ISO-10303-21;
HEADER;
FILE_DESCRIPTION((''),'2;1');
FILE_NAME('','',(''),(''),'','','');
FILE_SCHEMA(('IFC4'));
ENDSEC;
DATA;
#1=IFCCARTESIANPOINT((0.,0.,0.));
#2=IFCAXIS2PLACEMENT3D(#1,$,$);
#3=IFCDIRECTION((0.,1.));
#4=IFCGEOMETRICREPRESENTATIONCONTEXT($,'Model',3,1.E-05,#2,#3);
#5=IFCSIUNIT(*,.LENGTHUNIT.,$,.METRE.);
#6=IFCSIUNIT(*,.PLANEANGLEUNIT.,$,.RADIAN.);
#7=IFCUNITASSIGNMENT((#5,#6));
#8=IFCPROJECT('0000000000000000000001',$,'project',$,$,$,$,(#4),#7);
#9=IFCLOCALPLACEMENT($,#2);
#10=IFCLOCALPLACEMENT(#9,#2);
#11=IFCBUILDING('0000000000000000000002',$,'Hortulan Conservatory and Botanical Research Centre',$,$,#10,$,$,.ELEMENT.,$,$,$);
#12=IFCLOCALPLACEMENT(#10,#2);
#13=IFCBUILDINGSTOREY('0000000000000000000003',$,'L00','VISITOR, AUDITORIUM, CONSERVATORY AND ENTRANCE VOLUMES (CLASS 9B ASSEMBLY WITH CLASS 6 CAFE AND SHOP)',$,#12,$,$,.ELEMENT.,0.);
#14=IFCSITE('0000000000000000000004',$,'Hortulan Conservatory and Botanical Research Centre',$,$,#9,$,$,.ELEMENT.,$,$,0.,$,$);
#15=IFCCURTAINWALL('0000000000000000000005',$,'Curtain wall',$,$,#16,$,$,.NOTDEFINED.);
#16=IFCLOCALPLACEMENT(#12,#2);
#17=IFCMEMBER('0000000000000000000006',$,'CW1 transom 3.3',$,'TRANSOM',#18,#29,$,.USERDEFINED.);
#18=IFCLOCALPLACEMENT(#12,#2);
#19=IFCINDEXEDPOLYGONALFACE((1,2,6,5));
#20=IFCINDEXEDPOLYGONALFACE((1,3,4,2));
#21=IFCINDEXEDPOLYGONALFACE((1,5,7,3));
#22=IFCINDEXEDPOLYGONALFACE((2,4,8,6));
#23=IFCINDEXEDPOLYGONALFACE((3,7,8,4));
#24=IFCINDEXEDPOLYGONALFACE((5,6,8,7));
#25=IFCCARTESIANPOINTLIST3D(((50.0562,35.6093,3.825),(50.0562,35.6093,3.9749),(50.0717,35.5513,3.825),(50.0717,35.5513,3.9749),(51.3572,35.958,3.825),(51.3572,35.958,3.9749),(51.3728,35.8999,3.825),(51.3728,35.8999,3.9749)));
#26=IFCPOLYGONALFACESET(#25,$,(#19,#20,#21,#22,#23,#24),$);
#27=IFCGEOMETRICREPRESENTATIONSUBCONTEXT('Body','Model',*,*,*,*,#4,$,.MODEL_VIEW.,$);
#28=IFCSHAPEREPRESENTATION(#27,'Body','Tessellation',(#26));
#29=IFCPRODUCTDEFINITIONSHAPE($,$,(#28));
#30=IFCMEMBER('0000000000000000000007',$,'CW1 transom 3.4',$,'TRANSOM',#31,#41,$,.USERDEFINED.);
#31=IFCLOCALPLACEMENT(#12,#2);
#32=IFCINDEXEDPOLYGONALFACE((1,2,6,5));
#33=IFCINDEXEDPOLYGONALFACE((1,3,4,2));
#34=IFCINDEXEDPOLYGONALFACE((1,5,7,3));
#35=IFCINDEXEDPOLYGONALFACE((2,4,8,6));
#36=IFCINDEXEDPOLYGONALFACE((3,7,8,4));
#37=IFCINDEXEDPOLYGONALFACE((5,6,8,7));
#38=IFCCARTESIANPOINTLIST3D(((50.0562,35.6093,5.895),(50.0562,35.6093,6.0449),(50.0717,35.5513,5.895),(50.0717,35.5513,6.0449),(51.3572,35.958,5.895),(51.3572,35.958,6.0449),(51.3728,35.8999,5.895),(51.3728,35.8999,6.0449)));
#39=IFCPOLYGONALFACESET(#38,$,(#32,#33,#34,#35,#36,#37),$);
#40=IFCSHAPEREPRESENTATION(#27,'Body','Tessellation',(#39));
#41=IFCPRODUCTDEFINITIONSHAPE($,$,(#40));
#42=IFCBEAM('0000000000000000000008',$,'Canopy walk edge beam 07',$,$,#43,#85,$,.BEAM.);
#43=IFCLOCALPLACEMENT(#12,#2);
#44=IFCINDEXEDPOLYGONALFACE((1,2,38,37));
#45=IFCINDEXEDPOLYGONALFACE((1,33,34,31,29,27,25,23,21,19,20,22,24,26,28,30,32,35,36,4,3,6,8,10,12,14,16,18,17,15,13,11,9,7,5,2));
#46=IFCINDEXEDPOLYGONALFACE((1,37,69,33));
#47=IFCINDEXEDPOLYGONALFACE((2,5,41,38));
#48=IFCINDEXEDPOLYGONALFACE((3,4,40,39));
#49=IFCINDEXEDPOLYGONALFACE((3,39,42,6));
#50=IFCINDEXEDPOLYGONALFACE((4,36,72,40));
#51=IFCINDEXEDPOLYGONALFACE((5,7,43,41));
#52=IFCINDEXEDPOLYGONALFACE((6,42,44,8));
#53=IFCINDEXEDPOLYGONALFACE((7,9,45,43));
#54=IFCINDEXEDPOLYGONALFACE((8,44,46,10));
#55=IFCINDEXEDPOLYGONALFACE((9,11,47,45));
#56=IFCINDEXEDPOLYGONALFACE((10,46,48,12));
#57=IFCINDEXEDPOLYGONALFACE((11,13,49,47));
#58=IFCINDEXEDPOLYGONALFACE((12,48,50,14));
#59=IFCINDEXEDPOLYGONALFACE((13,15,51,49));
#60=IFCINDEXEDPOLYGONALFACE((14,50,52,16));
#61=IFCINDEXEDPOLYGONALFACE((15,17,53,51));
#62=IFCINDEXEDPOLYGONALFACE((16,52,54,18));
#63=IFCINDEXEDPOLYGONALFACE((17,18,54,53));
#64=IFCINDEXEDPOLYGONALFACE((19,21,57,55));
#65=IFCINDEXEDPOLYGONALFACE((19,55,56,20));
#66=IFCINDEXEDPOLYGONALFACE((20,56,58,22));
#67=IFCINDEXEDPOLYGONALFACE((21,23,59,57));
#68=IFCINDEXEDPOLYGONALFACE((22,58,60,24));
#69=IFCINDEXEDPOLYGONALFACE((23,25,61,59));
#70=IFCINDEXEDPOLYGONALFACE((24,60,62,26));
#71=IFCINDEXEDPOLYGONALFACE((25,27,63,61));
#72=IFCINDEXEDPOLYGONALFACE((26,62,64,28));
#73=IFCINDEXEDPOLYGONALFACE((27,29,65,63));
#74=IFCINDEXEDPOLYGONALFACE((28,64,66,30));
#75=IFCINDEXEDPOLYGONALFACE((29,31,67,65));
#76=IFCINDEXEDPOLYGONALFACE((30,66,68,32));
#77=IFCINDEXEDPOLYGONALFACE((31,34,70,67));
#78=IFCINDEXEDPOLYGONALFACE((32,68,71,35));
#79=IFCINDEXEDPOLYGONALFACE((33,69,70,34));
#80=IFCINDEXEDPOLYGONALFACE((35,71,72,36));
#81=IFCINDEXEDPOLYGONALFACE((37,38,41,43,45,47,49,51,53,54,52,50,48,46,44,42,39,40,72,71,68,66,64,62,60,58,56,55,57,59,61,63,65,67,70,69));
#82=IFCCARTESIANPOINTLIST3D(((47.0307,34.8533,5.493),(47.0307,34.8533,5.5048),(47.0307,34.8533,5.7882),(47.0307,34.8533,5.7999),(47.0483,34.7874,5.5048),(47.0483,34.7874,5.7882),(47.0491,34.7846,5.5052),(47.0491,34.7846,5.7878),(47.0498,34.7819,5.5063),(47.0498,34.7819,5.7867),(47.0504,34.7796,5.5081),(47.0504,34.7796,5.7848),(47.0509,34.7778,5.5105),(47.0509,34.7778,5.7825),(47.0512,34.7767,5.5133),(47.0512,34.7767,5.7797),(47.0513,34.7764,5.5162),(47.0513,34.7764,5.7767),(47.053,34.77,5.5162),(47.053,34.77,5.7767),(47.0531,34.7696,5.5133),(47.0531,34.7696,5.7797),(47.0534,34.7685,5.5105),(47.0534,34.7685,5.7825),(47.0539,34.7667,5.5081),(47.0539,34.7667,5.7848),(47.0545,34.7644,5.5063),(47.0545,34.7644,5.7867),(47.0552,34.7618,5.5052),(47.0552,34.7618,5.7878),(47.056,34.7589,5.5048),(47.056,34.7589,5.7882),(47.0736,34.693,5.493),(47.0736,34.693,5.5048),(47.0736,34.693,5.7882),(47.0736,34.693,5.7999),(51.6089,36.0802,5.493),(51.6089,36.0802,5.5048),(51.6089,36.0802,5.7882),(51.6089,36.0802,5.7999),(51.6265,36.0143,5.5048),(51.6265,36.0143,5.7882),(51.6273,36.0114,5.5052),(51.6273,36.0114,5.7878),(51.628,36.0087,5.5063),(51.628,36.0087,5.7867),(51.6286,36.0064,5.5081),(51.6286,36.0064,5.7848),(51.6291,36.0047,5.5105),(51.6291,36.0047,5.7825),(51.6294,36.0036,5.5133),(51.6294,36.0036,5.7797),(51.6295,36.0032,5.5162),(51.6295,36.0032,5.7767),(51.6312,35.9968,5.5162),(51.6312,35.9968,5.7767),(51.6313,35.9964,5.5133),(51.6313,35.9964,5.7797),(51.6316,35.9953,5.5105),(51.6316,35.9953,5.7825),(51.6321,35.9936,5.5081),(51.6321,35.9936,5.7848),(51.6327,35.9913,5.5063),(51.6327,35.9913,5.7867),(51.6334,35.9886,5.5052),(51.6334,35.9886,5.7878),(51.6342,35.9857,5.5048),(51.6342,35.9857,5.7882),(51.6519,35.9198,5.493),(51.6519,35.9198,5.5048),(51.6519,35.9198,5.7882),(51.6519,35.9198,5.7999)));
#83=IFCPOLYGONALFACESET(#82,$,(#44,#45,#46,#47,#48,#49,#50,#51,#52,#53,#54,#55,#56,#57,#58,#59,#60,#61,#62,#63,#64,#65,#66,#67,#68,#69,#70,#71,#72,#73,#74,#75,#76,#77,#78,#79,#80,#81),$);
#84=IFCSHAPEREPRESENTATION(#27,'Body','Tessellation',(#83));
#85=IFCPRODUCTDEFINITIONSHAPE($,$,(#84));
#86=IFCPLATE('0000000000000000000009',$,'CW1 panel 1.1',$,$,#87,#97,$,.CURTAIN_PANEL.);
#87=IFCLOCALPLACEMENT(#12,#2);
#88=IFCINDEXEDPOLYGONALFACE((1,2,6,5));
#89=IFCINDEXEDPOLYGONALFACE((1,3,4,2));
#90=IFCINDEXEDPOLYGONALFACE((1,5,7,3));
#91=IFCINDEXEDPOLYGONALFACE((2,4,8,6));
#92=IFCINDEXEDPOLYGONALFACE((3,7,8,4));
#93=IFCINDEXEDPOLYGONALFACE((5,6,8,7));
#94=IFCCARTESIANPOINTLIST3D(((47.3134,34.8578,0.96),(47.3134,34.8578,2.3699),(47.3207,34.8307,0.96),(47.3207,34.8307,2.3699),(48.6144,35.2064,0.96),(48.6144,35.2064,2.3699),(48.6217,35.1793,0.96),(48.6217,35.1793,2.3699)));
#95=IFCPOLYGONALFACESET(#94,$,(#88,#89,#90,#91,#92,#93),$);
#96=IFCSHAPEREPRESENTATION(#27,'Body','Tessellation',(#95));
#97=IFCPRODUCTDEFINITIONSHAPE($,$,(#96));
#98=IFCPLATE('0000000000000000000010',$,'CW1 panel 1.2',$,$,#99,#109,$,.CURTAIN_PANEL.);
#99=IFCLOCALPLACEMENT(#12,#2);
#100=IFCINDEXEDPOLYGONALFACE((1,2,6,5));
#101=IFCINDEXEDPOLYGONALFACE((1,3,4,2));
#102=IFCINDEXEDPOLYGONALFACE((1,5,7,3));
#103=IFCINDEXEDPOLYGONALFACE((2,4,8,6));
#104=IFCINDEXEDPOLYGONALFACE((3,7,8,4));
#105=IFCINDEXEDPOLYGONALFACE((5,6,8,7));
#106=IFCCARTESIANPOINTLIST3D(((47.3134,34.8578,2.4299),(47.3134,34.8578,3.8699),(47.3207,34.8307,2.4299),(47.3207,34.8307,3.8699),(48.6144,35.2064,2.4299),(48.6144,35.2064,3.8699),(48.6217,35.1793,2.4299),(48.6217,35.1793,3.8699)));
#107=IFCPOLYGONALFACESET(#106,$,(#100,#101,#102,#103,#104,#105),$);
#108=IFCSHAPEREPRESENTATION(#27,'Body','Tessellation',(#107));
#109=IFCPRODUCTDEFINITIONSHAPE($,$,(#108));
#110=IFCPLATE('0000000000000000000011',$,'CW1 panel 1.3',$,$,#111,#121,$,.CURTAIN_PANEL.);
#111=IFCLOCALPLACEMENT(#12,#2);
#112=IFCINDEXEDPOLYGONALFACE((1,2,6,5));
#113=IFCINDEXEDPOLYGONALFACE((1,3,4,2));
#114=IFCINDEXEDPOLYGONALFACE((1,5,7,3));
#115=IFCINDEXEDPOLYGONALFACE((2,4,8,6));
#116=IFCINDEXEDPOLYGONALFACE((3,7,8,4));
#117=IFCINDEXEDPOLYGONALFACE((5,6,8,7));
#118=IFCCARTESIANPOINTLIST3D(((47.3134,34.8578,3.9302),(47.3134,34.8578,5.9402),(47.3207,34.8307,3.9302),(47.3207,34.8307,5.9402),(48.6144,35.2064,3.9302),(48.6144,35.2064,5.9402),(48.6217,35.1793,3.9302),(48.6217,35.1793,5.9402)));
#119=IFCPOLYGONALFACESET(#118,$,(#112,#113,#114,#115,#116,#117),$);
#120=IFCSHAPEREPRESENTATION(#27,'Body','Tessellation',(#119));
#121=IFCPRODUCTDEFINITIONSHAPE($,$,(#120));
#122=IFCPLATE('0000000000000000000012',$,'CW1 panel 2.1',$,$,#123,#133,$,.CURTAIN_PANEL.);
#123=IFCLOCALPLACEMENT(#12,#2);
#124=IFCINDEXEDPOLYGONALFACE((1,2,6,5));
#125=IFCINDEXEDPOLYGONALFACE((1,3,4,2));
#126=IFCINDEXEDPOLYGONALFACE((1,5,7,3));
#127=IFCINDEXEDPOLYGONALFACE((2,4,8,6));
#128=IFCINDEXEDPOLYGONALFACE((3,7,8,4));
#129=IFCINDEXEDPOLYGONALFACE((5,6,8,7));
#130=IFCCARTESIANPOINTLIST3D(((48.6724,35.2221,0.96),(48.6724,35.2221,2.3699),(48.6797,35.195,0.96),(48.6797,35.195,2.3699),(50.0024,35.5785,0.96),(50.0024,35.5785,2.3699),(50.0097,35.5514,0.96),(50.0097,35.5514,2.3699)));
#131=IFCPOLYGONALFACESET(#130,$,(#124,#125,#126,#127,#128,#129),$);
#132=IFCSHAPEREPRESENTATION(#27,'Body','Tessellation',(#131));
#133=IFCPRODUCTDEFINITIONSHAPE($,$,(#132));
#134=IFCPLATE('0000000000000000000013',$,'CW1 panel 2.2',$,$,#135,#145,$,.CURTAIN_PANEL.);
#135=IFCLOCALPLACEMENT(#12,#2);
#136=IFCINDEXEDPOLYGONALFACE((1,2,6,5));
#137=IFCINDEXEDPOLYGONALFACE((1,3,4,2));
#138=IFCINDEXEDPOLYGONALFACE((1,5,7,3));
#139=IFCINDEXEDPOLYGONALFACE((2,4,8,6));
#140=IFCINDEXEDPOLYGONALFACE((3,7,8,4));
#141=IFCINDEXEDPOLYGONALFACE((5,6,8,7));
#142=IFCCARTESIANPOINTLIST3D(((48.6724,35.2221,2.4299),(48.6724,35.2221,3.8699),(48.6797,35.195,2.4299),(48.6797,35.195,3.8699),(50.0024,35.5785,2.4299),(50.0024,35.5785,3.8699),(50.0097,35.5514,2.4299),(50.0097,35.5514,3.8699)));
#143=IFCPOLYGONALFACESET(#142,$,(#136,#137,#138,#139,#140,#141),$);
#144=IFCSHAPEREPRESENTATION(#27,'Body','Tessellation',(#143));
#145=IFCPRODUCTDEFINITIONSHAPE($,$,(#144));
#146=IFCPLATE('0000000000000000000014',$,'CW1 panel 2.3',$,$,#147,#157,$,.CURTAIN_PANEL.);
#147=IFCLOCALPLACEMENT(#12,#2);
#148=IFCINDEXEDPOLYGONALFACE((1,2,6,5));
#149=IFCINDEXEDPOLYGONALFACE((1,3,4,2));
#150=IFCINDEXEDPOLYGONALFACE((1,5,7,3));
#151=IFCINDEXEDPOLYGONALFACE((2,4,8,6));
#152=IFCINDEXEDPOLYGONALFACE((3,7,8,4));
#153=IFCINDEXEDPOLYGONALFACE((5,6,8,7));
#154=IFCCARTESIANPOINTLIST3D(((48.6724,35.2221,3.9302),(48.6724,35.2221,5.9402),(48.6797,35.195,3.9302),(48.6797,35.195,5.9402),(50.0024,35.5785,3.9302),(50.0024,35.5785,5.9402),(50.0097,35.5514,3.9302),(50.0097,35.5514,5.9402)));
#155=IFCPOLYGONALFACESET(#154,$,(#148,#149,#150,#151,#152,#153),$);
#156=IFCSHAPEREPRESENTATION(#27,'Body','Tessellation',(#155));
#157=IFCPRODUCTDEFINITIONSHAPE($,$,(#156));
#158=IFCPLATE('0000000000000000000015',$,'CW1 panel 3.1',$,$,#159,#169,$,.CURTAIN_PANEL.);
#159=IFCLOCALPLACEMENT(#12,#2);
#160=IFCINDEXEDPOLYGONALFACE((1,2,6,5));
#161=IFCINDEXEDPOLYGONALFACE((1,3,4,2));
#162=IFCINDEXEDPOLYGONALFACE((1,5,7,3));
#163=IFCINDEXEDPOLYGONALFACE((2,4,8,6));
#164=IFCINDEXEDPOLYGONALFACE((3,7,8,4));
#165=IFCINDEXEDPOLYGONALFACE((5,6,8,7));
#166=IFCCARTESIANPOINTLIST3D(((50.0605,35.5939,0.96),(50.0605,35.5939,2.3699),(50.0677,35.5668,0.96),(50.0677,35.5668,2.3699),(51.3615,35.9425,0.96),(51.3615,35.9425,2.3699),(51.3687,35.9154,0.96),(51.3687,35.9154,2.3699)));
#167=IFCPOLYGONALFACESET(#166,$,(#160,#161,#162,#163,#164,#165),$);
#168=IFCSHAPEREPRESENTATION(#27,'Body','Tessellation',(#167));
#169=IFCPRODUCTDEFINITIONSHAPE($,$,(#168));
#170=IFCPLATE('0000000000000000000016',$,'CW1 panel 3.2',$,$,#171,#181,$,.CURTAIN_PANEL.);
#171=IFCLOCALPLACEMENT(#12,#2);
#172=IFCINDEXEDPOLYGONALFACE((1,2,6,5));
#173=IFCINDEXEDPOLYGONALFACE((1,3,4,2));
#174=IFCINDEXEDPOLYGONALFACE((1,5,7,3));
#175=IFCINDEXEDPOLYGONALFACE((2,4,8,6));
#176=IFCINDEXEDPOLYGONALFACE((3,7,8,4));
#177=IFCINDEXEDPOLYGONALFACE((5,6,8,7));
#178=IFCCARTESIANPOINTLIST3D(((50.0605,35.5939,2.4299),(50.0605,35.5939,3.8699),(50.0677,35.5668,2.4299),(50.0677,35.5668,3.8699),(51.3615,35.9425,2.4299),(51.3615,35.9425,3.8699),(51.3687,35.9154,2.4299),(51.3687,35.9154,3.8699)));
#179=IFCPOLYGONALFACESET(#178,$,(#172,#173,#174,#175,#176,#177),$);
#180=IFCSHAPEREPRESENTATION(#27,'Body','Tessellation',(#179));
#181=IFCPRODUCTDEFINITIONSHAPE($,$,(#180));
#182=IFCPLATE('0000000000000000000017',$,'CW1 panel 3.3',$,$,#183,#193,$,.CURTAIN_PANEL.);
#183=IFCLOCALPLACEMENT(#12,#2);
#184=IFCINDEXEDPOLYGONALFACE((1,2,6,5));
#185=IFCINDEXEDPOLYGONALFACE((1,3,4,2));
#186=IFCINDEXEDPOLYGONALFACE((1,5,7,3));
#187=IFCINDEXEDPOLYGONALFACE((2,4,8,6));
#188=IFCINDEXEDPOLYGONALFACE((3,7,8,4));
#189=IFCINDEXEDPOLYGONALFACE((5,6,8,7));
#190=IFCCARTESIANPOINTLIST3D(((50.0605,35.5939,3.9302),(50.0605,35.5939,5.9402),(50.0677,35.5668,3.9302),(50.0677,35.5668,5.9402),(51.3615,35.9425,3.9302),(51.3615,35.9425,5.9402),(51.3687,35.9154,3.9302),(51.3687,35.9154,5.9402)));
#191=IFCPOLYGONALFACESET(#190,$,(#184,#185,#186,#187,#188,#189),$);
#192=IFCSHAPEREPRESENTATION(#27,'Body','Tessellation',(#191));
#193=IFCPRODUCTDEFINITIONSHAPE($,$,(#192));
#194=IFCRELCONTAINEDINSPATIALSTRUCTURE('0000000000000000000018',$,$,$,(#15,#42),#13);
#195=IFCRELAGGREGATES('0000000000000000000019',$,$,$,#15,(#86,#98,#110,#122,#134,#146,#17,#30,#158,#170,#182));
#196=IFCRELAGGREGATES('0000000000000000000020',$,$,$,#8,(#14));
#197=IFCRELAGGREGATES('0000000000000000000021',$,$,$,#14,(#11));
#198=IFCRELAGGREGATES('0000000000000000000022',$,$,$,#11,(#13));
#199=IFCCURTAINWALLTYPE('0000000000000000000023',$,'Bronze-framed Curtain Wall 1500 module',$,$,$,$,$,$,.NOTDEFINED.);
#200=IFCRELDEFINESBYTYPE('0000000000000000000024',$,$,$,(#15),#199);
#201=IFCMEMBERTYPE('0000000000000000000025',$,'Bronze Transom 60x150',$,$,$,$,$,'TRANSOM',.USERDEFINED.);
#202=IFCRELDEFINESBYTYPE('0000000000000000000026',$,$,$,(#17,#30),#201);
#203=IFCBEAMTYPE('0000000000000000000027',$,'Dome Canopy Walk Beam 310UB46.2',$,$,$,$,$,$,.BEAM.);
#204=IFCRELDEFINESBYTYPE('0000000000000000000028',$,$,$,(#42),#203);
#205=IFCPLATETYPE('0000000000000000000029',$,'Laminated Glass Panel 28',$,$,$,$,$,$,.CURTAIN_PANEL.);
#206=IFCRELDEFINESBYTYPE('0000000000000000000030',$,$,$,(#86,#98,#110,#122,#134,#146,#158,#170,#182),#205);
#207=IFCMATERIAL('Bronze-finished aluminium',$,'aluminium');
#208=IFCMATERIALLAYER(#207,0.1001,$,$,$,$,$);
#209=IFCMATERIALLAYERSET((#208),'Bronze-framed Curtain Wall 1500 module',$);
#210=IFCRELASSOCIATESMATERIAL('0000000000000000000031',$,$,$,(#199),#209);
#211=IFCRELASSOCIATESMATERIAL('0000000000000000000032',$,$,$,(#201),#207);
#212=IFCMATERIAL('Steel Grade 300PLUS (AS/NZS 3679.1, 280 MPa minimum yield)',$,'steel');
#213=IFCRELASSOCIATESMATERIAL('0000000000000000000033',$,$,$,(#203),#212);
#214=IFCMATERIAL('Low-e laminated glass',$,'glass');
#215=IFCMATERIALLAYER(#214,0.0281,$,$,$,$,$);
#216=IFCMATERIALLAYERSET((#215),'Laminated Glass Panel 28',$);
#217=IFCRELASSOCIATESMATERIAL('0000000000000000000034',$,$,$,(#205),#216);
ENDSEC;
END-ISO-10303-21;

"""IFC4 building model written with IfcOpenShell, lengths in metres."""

from ifc_helpers import new_model, si_unit, direction, frame, origin, origin_2d, place, context, subcontext, project, spatial, rectangle, i_section, extrude, material, layer, layer_set, material_profile, profile_set, type_object, element, aggregate, save


model = new_model("IFC4")

# Units and contexts
model_context = context("Model", 3, precision=1e-05, world=origin(), true_north=direction((0.0, 1.0)))
body_context = subcontext(model_context, "Body", "Model", "MODEL_VIEW")
ifc_project = project(units=[si_unit("LENGTHUNIT", "METRE"), si_unit("PLANEANGLEUNIT", "RADIAN")], contexts=[model_context])

# Site, building, storey
site_placement = place(None, origin())
site = spatial("IfcSite", under=ifc_project, at=site_placement, Name="Hortulan Conservatory and Botanical Research Centre", CompositionType="ELEMENT", RefElevation=0.0)
building_placement = place(site_placement, origin())
building = spatial("IfcBuilding", under=site, at=building_placement, Name="Hortulan Conservatory and Botanical Research Centre", CompositionType="ELEMENT")
storey_placement = place(building_placement, origin())
storey = spatial("IfcBuildingStorey", under=building, at=storey_placement, Name="L00", Description="VISITOR, AUDITORIUM, CONSERVATORY AND ENTRANCE VOLUMES (CLASS 9B ASSEMBLY WITH CLASS 6 CAFE AND SHOP)", CompositionType="ELEMENT", Elevation=0.0)

# Curtain wall, members
ifc_material_1 = material(Name="Bronze-finished aluminium", Category="aluminium")
ifc_layer_1 = layer(ifc_material_1, 0.1001)
ifc_layer_set_1 = layer_set([ifc_layer_1], Name="Bronze-framed Curtain Wall 1500 module")
curtain_wall_type = type_object("IfcCurtainWallType", Name="Bronze-framed Curtain Wall 1500 module", PredefinedType="NOTDEFINED", material=ifc_layer_set_1)
curtain_wall_placement = place(storey_placement, origin())
curtain_wall = element("IfcCurtainWall", 1, at=curtain_wall_placement, inside=storey, type_object=curtain_wall_type, Name="Curtain wall", PredefinedType="NOTDEFINED")
ifc_material_profile_1 = material_profile(ifc_material_1, rectangle(XDim=0.0601, YDim=0.1499, at=origin_2d()), Name="Bronze Transom 60x150")
ifc_profile_set_1 = profile_set([ifc_material_profile_1], Name="Bronze-finished aluminium")
member_type_1 = type_object("IfcMemberType", Name="Bronze Transom 60x150", ElementType="TRANSOM", PredefinedType="USERDEFINED", material=ifc_profile_set_1)
member_1_placement = place(storey_placement, frame((50.064, 35.5803, 3.8999), z_axis=(0.965921, 0.258836, 0.0), x_axis=(-0.258836, 0.965921, 0.0)))
member_1 = element("IfcMember", 2, at=member_1_placement, type_object=member_type_1, Name="CW1 transom 3.3", ObjectType="TRANSOM", PredefinedType="USERDEFINED", context=body_context, shape_type="SweptSolid", body=[
    extrude(rectangle(XDim=0.0601, YDim=0.1499, at=origin_2d()), origin(), (0.0, 0.0, 1.0), 1.3469),
])
member_2_placement = place(storey_placement, frame((50.064, 35.5803, 5.97), z_axis=(0.965921, 0.258836, 0.0), x_axis=(-0.258836, 0.965921, 0.0)))
member_2 = element("IfcMember", 3, at=member_2_placement, type_object=member_type_1, Name="CW1 transom 3.4", ObjectType="TRANSOM", PredefinedType="USERDEFINED", context=body_context, shape_type="SweptSolid", body=[
    extrude(rectangle(XDim=0.0601, YDim=0.1499, at=origin_2d()), origin(), (0.0, 0.0, 1.0), 1.3469),
])

# Beam
ifc_material_2 = material(Name="Steel Grade 300PLUS (AS/NZS 3679.1, 280 MPa minimum yield)", Category="steel")
ifc_material_profile_2 = material_profile(ifc_material_2, i_section(OverallWidth=0.166, OverallDepth=0.3069, WebThickness=0.0066, FlangeThickness=0.0117, FilletRadius=0.0115, at=origin_2d()), Name="310UB46.2")
ifc_profile_set_2 = profile_set([ifc_material_profile_2], Name="Steel Grade 300PLUS (AS/NZS 3679.1, 280 MPa minimum yield)")
beam_type = type_object("IfcBeamType", Name="Dome Canopy Walk Beam 310UB46.2", PredefinedType="BEAM", material=ifc_profile_set_2)
beam_placement = place(storey_placement, frame((51.6304, 36.0, 5.6465), z_axis=(-0.96592, -0.258839, 0.0), x_axis=(0.258839, -0.96592, 0.0)))
element("IfcBeam", 4, at=beam_placement, inside=storey, type_object=beam_type, Name="Canopy walk edge beam 07", PredefinedType="BEAM", context=body_context, shape_type="SweptSolid", body=[
    extrude(i_section(OverallWidth=0.166, OverallDepth=0.3069, WebThickness=0.0066, FlangeThickness=0.0117, FilletRadius=0.0115, at=origin_2d()), origin(), (0.0, 0.0, 1.0), 4.7397),
])

# Plates
ifc_material_3 = material(Name="Low-e laminated glass", Category="glass")
ifc_layer_2 = layer(ifc_material_3, 0.0281)
ifc_layer_set_2 = layer_set([ifc_layer_2], Name="Laminated Glass Panel 28")
plate_type = type_object("IfcPlateType", Name="Laminated Glass Panel 28", PredefinedType="CURTAIN_PANEL", material=ifc_layer_set_2)
plate_1_placement = place(storey_placement, frame((47.9675, 35.0186, 0.96), z_axis=(0.0, 0.0, 1.0), x_axis=(0.965922, 0.258832, 0.0)))
plate_1 = element("IfcPlate", 5, at=plate_1_placement, type_object=plate_type, Name="CW1 panel 1.1", PredefinedType="CURTAIN_PANEL", context=body_context, shape_type="SweptSolid", body=[
    extrude(rectangle(XDim=1.3469, YDim=0.0281, at=origin_2d()), origin(), (0.0, 0.0, 1.0), 1.4099),
])
plate_2_placement = place(storey_placement, frame((47.9675, 35.0186, 2.4299), z_axis=(0.0, 0.0, 1.0), x_axis=(0.965922, 0.258832, 0.0)))
plate_2 = element("IfcPlate", 6, at=plate_2_placement, type_object=plate_type, Name="CW1 panel 1.2", PredefinedType="CURTAIN_PANEL", context=body_context, shape_type="SweptSolid", body=[
    extrude(rectangle(XDim=1.3469, YDim=0.0281, at=origin_2d()), origin(), (0.0, 0.0, 1.0), 1.4399),
])
plate_3_placement = place(storey_placement, frame((47.9675, 35.0186, 3.9302), z_axis=(0.0, 0.0, 1.0), x_axis=(0.965922, 0.258832, 0.0)))
plate_3 = element("IfcPlate", 7, at=plate_3_placement, type_object=plate_type, Name="CW1 panel 1.3", PredefinedType="CURTAIN_PANEL", context=body_context, shape_type="SweptSolid", body=[
    extrude(rectangle(XDim=1.3469, YDim=0.0281, at=origin_2d()), origin(), (0.0, 0.0, 1.0), 2.01),
])
plate_4_placement = place(storey_placement, frame((49.3411, 35.3867, 0.96), z_axis=(0.0, 0.0, 1.0), x_axis=(0.965922, 0.258832, 0.0)))
plate_4 = element("IfcPlate", 8, at=plate_4_placement, type_object=plate_type, Name="CW1 panel 2.1", PredefinedType="CURTAIN_PANEL", context=body_context, shape_type="SweptSolid", body=[
    extrude(rectangle(XDim=1.377, YDim=0.0281, at=origin_2d()), origin(), (0.0, 0.0, 1.0), 1.4099),
])
plate_5_placement = place(storey_placement, frame((49.3411, 35.3867, 2.4299), z_axis=(0.0, 0.0, 1.0), x_axis=(0.965922, 0.258832, 0.0)))
plate_5 = element("IfcPlate", 9, at=plate_5_placement, type_object=plate_type, Name="CW1 panel 2.2", PredefinedType="CURTAIN_PANEL", context=body_context, shape_type="SweptSolid", body=[
    extrude(rectangle(XDim=1.377, YDim=0.0281, at=origin_2d()), origin(), (0.0, 0.0, 1.0), 1.4399),
])
plate_6_placement = place(storey_placement, frame((49.3411, 35.3867, 3.9302), z_axis=(0.0, 0.0, 1.0), x_axis=(0.965922, 0.258832, 0.0)))
plate_6 = element("IfcPlate", 10, at=plate_6_placement, type_object=plate_type, Name="CW1 panel 2.3", PredefinedType="CURTAIN_PANEL", context=body_context, shape_type="SweptSolid", body=[
    extrude(rectangle(XDim=1.377, YDim=0.0281, at=origin_2d()), origin(), (0.0, 0.0, 1.0), 2.01),
])
plate_7_placement = place(storey_placement, frame((50.7146, 35.7546, 0.96), z_axis=(0.0, 0.0, 1.0), x_axis=(0.965922, 0.258832, 0.0)))
plate_7 = element("IfcPlate", 11, at=plate_7_placement, type_object=plate_type, Name="CW1 panel 3.1", PredefinedType="CURTAIN_PANEL", context=body_context, shape_type="SweptSolid", body=[
    extrude(rectangle(XDim=1.3469, YDim=0.0281, at=origin_2d()), origin(), (0.0, 0.0, 1.0), 1.4099),
])
plate_8_placement = place(storey_placement, frame((50.7146, 35.7546, 2.4299), z_axis=(0.0, 0.0, 1.0), x_axis=(0.965922, 0.258832, 0.0)))
plate_8 = element("IfcPlate", 12, at=plate_8_placement, type_object=plate_type, Name="CW1 panel 3.2", PredefinedType="CURTAIN_PANEL", context=body_context, shape_type="SweptSolid", body=[
    extrude(rectangle(XDim=1.3469, YDim=0.0281, at=origin_2d()), origin(), (0.0, 0.0, 1.0), 1.4399),
])
plate_9_placement = place(storey_placement, frame((50.7146, 35.7546, 3.9302), z_axis=(0.0, 0.0, 1.0), x_axis=(0.965922, 0.258832, 0.0)))
plate_9 = element("IfcPlate", 13, at=plate_9_placement, type_object=plate_type, Name="CW1 panel 3.3", PredefinedType="CURTAIN_PANEL", context=body_context, shape_type="SweptSolid", body=[
    extrude(rectangle(XDim=1.3469, YDim=0.0281, at=origin_2d()), origin(), (0.0, 0.0, 1.0), 2.01),
])
aggregate(curtain_wall, [plate_1, plate_2, plate_3, plate_4, plate_5, plate_6, member_1, member_2, plate_7, plate_8, plate_9])

save(model, "model.ifc")
